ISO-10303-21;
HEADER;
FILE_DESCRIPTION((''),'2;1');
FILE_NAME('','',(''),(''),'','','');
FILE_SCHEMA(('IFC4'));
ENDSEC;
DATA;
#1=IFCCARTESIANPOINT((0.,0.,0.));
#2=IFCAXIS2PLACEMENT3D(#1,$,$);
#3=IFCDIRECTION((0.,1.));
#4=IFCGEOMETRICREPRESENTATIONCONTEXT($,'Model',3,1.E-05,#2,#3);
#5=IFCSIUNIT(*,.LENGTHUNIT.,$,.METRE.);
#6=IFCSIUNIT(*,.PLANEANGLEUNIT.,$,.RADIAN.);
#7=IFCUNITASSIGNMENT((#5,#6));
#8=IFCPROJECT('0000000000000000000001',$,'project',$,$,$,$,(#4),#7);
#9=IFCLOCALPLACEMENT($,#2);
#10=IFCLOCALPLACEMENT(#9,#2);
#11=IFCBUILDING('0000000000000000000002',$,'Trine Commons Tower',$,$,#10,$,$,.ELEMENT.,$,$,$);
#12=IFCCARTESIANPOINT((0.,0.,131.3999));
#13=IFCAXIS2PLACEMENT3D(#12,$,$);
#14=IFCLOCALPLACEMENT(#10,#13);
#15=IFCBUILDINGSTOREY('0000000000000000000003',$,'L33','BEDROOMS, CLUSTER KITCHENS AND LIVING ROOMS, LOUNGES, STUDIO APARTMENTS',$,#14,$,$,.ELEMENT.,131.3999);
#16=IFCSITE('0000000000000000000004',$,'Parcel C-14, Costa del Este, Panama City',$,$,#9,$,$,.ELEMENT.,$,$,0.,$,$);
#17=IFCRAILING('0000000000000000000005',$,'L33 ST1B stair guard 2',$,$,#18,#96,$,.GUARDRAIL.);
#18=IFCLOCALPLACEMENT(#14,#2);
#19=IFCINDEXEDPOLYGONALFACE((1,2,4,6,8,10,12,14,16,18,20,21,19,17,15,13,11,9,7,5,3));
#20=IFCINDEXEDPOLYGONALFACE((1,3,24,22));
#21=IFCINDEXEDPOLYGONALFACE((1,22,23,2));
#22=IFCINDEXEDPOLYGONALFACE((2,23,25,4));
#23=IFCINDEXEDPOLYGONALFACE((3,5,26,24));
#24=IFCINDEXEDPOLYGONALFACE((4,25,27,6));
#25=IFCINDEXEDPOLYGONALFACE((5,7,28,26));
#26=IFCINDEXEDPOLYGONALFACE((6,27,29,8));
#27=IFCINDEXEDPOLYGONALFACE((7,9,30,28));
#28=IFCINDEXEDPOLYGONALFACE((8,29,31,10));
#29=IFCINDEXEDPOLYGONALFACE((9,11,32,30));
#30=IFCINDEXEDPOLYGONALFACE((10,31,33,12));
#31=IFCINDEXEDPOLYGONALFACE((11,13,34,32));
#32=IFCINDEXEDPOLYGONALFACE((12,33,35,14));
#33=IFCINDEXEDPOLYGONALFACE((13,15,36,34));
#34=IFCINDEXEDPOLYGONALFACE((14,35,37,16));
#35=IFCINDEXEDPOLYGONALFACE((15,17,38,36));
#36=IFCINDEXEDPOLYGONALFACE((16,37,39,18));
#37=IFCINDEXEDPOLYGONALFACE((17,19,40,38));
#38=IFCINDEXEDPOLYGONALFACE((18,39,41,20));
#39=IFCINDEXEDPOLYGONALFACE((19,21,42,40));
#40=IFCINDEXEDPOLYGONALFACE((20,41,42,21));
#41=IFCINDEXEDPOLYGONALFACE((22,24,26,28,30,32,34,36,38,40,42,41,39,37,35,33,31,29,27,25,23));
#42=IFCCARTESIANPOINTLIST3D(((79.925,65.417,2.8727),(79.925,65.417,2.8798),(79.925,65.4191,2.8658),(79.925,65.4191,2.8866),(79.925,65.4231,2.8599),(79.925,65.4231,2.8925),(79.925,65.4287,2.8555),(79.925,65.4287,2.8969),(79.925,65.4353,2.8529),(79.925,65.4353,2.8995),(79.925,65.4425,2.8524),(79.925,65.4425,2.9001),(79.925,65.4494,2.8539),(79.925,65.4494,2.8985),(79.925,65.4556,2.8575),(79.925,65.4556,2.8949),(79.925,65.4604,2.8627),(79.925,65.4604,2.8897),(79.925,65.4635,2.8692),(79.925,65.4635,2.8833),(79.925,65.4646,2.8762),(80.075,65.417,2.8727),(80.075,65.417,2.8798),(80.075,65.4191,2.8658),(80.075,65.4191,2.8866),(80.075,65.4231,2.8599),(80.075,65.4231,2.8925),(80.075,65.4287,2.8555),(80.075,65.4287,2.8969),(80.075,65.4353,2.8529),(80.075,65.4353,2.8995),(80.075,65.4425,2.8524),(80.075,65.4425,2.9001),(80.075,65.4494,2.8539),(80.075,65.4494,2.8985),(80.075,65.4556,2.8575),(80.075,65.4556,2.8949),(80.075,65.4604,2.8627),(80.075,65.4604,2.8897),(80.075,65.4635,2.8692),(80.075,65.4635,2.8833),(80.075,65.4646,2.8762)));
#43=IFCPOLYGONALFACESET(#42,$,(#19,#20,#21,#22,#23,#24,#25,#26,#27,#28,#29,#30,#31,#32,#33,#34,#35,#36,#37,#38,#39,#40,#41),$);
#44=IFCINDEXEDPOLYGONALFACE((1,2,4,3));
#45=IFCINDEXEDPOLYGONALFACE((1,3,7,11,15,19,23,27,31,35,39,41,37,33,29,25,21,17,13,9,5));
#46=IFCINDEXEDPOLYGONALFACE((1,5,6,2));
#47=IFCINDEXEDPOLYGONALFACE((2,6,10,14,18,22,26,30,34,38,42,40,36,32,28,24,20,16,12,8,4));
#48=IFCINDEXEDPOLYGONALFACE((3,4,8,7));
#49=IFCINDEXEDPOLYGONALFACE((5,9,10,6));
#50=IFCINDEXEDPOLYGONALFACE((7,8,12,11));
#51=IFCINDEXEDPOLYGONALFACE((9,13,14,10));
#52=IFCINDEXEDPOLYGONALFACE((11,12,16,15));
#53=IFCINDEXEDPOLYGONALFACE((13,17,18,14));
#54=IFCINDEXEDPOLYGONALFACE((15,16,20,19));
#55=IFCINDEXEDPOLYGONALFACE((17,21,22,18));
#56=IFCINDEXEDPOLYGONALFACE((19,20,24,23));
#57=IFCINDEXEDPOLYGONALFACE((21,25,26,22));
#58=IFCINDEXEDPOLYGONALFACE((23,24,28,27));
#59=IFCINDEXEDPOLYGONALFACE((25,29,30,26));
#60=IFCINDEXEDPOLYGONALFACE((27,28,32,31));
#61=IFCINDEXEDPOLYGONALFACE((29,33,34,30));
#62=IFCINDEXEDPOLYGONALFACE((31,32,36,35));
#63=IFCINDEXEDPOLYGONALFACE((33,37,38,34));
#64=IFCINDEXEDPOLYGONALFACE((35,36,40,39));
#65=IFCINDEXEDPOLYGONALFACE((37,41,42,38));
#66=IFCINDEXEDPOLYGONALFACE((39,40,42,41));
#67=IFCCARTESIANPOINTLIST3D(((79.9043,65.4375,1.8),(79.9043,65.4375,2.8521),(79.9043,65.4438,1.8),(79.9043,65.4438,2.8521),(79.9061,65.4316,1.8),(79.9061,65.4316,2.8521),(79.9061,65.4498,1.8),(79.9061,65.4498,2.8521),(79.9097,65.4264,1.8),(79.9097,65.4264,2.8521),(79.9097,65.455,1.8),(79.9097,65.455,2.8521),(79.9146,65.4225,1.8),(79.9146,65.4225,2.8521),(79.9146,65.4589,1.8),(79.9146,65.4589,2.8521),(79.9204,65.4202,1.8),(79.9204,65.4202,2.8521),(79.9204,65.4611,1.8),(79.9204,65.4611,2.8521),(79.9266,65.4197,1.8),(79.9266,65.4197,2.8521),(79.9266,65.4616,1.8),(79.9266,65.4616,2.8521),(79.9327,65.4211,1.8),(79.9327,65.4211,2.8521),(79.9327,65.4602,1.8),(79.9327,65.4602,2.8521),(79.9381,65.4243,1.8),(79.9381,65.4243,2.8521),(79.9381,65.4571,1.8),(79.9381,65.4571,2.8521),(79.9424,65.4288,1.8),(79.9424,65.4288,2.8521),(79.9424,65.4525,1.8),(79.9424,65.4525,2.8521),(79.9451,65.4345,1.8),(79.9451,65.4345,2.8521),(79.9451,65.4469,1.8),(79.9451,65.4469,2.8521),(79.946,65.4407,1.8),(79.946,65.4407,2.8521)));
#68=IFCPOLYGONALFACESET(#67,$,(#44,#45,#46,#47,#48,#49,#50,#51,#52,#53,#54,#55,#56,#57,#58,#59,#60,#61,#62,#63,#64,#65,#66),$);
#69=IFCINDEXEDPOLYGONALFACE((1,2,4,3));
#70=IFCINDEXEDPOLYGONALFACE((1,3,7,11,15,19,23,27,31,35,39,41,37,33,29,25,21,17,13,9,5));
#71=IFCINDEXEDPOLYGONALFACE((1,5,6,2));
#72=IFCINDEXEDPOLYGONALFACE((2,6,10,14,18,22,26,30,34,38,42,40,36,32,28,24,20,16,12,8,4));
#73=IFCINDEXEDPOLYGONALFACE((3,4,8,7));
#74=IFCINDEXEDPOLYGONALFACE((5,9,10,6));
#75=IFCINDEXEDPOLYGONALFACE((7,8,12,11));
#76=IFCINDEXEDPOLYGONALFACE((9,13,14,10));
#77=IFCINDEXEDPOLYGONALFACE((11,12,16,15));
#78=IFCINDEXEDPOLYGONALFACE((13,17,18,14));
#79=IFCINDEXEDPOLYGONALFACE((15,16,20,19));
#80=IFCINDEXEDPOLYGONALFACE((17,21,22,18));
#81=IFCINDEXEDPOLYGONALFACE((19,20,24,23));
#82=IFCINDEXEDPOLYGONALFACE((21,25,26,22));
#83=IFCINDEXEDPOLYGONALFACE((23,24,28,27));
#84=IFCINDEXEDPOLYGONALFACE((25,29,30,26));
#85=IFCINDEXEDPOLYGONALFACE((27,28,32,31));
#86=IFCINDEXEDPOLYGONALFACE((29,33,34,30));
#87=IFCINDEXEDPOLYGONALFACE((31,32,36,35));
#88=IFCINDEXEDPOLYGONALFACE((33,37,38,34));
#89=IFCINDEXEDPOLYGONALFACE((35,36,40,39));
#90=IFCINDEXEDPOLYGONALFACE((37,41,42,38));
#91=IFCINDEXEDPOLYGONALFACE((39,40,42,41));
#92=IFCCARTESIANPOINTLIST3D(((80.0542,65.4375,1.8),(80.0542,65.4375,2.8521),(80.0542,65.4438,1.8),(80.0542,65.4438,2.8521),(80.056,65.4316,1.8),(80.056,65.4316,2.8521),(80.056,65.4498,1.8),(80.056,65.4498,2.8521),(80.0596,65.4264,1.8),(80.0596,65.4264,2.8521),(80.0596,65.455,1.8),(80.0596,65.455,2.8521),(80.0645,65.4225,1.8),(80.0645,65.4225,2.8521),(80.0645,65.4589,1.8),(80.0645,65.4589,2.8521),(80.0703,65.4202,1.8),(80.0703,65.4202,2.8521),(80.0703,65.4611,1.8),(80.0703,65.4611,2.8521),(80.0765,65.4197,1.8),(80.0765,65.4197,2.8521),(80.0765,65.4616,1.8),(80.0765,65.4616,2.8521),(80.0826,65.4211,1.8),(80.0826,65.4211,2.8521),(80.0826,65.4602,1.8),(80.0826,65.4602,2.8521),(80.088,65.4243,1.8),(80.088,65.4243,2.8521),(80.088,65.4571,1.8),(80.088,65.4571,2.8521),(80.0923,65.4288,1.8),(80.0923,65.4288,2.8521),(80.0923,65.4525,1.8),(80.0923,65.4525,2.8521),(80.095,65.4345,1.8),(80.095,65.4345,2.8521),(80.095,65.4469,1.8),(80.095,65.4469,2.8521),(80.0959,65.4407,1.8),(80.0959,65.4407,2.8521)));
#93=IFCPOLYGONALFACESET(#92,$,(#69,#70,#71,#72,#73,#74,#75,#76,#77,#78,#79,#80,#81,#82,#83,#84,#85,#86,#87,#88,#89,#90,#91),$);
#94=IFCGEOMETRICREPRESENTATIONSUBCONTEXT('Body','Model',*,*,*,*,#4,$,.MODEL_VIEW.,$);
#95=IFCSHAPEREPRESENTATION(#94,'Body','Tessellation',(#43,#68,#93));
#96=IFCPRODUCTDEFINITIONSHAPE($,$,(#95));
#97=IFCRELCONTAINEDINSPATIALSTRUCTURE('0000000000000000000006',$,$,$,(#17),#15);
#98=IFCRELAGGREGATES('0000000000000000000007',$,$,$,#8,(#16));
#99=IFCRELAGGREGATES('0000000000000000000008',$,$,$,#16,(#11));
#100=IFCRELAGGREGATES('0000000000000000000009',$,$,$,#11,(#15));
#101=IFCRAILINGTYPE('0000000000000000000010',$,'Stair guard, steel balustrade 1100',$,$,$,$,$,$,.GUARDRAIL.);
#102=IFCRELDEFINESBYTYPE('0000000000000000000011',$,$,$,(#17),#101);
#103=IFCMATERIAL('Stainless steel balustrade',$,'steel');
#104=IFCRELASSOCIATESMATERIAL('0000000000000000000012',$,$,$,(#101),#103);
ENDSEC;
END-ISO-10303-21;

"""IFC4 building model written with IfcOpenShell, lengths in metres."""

from ifc_helpers import new_model, si_unit, direction, frame, origin, origin_2d, place, context, subcontext, project, spatial, circle, extrude, material, type_object, element, save


model = new_model("IFC4")

# Units and contexts
model_context = context("Model", 3, precision=1e-05, world=origin(), true_north=direction((0.0, 1.0)))
body_context = subcontext(model_context, "Body", "Model", "MODEL_VIEW")
ifc_project = project(units=[si_unit("LENGTHUNIT", "METRE"), si_unit("PLANEANGLEUNIT", "RADIAN")], contexts=[model_context])

# Site, building, storey
site_placement = place(None, origin())
site = spatial("IfcSite", under=ifc_project, at=site_placement, Name="Parcel C-14, Costa del Este, Panama City", CompositionType="ELEMENT", RefElevation=0.0)
building_placement = place(site_placement, origin())
building = spatial("IfcBuilding", under=site, at=building_placement, Name="Trine Commons Tower", CompositionType="ELEMENT")
storey_placement = place(building_placement, frame((0.0, 0.0, 131.3999)))
storey = spatial("IfcBuildingStorey", under=building, at=storey_placement, Name="L33", Description="BEDROOMS, CLUSTER KITCHENS AND LIVING ROOMS, LOUNGES, STUDIO APARTMENTS", CompositionType="ELEMENT", Elevation=131.3999)

# Railing
ifc_material_1 = material(Name="Stainless steel balustrade", Category="steel")
railing_type_1 = type_object("IfcRailingType", Name="Stair guard, steel balustrade 1100", PredefinedType="GUARDRAIL", material=ifc_material_1)
railing_1_placement = place(storey_placement, frame((79.925, 65.4407, 1.8)))
element("IfcRailing", 1, at=railing_1_placement, inside=storey, type_object=railing_type_1, Name="L33 ST1B stair guard 2", PredefinedType="GUARDRAIL", context=body_context, shape_type="SweptSolid", body=[
    extrude(circle(Radius=0.0239, at=origin_2d()), frame((0.0, 0.0, 1.0762), z_axis=(1.0, 0.0, 0.0), x_axis=(0.0, 1.0, 0.0)), (0.0, 0.0, 1.0), 0.1499),
    extrude(circle(Radius=0.021, at=origin_2d()), origin(), (0.0, 0.0, 1.0), 1.052),
    extrude(circle(Radius=0.021, at=origin_2d()), frame((0.1499, 0.0, 0.0)), (0.0, 0.0, 1.0), 1.052),
])

save(model, "model.ifc")
